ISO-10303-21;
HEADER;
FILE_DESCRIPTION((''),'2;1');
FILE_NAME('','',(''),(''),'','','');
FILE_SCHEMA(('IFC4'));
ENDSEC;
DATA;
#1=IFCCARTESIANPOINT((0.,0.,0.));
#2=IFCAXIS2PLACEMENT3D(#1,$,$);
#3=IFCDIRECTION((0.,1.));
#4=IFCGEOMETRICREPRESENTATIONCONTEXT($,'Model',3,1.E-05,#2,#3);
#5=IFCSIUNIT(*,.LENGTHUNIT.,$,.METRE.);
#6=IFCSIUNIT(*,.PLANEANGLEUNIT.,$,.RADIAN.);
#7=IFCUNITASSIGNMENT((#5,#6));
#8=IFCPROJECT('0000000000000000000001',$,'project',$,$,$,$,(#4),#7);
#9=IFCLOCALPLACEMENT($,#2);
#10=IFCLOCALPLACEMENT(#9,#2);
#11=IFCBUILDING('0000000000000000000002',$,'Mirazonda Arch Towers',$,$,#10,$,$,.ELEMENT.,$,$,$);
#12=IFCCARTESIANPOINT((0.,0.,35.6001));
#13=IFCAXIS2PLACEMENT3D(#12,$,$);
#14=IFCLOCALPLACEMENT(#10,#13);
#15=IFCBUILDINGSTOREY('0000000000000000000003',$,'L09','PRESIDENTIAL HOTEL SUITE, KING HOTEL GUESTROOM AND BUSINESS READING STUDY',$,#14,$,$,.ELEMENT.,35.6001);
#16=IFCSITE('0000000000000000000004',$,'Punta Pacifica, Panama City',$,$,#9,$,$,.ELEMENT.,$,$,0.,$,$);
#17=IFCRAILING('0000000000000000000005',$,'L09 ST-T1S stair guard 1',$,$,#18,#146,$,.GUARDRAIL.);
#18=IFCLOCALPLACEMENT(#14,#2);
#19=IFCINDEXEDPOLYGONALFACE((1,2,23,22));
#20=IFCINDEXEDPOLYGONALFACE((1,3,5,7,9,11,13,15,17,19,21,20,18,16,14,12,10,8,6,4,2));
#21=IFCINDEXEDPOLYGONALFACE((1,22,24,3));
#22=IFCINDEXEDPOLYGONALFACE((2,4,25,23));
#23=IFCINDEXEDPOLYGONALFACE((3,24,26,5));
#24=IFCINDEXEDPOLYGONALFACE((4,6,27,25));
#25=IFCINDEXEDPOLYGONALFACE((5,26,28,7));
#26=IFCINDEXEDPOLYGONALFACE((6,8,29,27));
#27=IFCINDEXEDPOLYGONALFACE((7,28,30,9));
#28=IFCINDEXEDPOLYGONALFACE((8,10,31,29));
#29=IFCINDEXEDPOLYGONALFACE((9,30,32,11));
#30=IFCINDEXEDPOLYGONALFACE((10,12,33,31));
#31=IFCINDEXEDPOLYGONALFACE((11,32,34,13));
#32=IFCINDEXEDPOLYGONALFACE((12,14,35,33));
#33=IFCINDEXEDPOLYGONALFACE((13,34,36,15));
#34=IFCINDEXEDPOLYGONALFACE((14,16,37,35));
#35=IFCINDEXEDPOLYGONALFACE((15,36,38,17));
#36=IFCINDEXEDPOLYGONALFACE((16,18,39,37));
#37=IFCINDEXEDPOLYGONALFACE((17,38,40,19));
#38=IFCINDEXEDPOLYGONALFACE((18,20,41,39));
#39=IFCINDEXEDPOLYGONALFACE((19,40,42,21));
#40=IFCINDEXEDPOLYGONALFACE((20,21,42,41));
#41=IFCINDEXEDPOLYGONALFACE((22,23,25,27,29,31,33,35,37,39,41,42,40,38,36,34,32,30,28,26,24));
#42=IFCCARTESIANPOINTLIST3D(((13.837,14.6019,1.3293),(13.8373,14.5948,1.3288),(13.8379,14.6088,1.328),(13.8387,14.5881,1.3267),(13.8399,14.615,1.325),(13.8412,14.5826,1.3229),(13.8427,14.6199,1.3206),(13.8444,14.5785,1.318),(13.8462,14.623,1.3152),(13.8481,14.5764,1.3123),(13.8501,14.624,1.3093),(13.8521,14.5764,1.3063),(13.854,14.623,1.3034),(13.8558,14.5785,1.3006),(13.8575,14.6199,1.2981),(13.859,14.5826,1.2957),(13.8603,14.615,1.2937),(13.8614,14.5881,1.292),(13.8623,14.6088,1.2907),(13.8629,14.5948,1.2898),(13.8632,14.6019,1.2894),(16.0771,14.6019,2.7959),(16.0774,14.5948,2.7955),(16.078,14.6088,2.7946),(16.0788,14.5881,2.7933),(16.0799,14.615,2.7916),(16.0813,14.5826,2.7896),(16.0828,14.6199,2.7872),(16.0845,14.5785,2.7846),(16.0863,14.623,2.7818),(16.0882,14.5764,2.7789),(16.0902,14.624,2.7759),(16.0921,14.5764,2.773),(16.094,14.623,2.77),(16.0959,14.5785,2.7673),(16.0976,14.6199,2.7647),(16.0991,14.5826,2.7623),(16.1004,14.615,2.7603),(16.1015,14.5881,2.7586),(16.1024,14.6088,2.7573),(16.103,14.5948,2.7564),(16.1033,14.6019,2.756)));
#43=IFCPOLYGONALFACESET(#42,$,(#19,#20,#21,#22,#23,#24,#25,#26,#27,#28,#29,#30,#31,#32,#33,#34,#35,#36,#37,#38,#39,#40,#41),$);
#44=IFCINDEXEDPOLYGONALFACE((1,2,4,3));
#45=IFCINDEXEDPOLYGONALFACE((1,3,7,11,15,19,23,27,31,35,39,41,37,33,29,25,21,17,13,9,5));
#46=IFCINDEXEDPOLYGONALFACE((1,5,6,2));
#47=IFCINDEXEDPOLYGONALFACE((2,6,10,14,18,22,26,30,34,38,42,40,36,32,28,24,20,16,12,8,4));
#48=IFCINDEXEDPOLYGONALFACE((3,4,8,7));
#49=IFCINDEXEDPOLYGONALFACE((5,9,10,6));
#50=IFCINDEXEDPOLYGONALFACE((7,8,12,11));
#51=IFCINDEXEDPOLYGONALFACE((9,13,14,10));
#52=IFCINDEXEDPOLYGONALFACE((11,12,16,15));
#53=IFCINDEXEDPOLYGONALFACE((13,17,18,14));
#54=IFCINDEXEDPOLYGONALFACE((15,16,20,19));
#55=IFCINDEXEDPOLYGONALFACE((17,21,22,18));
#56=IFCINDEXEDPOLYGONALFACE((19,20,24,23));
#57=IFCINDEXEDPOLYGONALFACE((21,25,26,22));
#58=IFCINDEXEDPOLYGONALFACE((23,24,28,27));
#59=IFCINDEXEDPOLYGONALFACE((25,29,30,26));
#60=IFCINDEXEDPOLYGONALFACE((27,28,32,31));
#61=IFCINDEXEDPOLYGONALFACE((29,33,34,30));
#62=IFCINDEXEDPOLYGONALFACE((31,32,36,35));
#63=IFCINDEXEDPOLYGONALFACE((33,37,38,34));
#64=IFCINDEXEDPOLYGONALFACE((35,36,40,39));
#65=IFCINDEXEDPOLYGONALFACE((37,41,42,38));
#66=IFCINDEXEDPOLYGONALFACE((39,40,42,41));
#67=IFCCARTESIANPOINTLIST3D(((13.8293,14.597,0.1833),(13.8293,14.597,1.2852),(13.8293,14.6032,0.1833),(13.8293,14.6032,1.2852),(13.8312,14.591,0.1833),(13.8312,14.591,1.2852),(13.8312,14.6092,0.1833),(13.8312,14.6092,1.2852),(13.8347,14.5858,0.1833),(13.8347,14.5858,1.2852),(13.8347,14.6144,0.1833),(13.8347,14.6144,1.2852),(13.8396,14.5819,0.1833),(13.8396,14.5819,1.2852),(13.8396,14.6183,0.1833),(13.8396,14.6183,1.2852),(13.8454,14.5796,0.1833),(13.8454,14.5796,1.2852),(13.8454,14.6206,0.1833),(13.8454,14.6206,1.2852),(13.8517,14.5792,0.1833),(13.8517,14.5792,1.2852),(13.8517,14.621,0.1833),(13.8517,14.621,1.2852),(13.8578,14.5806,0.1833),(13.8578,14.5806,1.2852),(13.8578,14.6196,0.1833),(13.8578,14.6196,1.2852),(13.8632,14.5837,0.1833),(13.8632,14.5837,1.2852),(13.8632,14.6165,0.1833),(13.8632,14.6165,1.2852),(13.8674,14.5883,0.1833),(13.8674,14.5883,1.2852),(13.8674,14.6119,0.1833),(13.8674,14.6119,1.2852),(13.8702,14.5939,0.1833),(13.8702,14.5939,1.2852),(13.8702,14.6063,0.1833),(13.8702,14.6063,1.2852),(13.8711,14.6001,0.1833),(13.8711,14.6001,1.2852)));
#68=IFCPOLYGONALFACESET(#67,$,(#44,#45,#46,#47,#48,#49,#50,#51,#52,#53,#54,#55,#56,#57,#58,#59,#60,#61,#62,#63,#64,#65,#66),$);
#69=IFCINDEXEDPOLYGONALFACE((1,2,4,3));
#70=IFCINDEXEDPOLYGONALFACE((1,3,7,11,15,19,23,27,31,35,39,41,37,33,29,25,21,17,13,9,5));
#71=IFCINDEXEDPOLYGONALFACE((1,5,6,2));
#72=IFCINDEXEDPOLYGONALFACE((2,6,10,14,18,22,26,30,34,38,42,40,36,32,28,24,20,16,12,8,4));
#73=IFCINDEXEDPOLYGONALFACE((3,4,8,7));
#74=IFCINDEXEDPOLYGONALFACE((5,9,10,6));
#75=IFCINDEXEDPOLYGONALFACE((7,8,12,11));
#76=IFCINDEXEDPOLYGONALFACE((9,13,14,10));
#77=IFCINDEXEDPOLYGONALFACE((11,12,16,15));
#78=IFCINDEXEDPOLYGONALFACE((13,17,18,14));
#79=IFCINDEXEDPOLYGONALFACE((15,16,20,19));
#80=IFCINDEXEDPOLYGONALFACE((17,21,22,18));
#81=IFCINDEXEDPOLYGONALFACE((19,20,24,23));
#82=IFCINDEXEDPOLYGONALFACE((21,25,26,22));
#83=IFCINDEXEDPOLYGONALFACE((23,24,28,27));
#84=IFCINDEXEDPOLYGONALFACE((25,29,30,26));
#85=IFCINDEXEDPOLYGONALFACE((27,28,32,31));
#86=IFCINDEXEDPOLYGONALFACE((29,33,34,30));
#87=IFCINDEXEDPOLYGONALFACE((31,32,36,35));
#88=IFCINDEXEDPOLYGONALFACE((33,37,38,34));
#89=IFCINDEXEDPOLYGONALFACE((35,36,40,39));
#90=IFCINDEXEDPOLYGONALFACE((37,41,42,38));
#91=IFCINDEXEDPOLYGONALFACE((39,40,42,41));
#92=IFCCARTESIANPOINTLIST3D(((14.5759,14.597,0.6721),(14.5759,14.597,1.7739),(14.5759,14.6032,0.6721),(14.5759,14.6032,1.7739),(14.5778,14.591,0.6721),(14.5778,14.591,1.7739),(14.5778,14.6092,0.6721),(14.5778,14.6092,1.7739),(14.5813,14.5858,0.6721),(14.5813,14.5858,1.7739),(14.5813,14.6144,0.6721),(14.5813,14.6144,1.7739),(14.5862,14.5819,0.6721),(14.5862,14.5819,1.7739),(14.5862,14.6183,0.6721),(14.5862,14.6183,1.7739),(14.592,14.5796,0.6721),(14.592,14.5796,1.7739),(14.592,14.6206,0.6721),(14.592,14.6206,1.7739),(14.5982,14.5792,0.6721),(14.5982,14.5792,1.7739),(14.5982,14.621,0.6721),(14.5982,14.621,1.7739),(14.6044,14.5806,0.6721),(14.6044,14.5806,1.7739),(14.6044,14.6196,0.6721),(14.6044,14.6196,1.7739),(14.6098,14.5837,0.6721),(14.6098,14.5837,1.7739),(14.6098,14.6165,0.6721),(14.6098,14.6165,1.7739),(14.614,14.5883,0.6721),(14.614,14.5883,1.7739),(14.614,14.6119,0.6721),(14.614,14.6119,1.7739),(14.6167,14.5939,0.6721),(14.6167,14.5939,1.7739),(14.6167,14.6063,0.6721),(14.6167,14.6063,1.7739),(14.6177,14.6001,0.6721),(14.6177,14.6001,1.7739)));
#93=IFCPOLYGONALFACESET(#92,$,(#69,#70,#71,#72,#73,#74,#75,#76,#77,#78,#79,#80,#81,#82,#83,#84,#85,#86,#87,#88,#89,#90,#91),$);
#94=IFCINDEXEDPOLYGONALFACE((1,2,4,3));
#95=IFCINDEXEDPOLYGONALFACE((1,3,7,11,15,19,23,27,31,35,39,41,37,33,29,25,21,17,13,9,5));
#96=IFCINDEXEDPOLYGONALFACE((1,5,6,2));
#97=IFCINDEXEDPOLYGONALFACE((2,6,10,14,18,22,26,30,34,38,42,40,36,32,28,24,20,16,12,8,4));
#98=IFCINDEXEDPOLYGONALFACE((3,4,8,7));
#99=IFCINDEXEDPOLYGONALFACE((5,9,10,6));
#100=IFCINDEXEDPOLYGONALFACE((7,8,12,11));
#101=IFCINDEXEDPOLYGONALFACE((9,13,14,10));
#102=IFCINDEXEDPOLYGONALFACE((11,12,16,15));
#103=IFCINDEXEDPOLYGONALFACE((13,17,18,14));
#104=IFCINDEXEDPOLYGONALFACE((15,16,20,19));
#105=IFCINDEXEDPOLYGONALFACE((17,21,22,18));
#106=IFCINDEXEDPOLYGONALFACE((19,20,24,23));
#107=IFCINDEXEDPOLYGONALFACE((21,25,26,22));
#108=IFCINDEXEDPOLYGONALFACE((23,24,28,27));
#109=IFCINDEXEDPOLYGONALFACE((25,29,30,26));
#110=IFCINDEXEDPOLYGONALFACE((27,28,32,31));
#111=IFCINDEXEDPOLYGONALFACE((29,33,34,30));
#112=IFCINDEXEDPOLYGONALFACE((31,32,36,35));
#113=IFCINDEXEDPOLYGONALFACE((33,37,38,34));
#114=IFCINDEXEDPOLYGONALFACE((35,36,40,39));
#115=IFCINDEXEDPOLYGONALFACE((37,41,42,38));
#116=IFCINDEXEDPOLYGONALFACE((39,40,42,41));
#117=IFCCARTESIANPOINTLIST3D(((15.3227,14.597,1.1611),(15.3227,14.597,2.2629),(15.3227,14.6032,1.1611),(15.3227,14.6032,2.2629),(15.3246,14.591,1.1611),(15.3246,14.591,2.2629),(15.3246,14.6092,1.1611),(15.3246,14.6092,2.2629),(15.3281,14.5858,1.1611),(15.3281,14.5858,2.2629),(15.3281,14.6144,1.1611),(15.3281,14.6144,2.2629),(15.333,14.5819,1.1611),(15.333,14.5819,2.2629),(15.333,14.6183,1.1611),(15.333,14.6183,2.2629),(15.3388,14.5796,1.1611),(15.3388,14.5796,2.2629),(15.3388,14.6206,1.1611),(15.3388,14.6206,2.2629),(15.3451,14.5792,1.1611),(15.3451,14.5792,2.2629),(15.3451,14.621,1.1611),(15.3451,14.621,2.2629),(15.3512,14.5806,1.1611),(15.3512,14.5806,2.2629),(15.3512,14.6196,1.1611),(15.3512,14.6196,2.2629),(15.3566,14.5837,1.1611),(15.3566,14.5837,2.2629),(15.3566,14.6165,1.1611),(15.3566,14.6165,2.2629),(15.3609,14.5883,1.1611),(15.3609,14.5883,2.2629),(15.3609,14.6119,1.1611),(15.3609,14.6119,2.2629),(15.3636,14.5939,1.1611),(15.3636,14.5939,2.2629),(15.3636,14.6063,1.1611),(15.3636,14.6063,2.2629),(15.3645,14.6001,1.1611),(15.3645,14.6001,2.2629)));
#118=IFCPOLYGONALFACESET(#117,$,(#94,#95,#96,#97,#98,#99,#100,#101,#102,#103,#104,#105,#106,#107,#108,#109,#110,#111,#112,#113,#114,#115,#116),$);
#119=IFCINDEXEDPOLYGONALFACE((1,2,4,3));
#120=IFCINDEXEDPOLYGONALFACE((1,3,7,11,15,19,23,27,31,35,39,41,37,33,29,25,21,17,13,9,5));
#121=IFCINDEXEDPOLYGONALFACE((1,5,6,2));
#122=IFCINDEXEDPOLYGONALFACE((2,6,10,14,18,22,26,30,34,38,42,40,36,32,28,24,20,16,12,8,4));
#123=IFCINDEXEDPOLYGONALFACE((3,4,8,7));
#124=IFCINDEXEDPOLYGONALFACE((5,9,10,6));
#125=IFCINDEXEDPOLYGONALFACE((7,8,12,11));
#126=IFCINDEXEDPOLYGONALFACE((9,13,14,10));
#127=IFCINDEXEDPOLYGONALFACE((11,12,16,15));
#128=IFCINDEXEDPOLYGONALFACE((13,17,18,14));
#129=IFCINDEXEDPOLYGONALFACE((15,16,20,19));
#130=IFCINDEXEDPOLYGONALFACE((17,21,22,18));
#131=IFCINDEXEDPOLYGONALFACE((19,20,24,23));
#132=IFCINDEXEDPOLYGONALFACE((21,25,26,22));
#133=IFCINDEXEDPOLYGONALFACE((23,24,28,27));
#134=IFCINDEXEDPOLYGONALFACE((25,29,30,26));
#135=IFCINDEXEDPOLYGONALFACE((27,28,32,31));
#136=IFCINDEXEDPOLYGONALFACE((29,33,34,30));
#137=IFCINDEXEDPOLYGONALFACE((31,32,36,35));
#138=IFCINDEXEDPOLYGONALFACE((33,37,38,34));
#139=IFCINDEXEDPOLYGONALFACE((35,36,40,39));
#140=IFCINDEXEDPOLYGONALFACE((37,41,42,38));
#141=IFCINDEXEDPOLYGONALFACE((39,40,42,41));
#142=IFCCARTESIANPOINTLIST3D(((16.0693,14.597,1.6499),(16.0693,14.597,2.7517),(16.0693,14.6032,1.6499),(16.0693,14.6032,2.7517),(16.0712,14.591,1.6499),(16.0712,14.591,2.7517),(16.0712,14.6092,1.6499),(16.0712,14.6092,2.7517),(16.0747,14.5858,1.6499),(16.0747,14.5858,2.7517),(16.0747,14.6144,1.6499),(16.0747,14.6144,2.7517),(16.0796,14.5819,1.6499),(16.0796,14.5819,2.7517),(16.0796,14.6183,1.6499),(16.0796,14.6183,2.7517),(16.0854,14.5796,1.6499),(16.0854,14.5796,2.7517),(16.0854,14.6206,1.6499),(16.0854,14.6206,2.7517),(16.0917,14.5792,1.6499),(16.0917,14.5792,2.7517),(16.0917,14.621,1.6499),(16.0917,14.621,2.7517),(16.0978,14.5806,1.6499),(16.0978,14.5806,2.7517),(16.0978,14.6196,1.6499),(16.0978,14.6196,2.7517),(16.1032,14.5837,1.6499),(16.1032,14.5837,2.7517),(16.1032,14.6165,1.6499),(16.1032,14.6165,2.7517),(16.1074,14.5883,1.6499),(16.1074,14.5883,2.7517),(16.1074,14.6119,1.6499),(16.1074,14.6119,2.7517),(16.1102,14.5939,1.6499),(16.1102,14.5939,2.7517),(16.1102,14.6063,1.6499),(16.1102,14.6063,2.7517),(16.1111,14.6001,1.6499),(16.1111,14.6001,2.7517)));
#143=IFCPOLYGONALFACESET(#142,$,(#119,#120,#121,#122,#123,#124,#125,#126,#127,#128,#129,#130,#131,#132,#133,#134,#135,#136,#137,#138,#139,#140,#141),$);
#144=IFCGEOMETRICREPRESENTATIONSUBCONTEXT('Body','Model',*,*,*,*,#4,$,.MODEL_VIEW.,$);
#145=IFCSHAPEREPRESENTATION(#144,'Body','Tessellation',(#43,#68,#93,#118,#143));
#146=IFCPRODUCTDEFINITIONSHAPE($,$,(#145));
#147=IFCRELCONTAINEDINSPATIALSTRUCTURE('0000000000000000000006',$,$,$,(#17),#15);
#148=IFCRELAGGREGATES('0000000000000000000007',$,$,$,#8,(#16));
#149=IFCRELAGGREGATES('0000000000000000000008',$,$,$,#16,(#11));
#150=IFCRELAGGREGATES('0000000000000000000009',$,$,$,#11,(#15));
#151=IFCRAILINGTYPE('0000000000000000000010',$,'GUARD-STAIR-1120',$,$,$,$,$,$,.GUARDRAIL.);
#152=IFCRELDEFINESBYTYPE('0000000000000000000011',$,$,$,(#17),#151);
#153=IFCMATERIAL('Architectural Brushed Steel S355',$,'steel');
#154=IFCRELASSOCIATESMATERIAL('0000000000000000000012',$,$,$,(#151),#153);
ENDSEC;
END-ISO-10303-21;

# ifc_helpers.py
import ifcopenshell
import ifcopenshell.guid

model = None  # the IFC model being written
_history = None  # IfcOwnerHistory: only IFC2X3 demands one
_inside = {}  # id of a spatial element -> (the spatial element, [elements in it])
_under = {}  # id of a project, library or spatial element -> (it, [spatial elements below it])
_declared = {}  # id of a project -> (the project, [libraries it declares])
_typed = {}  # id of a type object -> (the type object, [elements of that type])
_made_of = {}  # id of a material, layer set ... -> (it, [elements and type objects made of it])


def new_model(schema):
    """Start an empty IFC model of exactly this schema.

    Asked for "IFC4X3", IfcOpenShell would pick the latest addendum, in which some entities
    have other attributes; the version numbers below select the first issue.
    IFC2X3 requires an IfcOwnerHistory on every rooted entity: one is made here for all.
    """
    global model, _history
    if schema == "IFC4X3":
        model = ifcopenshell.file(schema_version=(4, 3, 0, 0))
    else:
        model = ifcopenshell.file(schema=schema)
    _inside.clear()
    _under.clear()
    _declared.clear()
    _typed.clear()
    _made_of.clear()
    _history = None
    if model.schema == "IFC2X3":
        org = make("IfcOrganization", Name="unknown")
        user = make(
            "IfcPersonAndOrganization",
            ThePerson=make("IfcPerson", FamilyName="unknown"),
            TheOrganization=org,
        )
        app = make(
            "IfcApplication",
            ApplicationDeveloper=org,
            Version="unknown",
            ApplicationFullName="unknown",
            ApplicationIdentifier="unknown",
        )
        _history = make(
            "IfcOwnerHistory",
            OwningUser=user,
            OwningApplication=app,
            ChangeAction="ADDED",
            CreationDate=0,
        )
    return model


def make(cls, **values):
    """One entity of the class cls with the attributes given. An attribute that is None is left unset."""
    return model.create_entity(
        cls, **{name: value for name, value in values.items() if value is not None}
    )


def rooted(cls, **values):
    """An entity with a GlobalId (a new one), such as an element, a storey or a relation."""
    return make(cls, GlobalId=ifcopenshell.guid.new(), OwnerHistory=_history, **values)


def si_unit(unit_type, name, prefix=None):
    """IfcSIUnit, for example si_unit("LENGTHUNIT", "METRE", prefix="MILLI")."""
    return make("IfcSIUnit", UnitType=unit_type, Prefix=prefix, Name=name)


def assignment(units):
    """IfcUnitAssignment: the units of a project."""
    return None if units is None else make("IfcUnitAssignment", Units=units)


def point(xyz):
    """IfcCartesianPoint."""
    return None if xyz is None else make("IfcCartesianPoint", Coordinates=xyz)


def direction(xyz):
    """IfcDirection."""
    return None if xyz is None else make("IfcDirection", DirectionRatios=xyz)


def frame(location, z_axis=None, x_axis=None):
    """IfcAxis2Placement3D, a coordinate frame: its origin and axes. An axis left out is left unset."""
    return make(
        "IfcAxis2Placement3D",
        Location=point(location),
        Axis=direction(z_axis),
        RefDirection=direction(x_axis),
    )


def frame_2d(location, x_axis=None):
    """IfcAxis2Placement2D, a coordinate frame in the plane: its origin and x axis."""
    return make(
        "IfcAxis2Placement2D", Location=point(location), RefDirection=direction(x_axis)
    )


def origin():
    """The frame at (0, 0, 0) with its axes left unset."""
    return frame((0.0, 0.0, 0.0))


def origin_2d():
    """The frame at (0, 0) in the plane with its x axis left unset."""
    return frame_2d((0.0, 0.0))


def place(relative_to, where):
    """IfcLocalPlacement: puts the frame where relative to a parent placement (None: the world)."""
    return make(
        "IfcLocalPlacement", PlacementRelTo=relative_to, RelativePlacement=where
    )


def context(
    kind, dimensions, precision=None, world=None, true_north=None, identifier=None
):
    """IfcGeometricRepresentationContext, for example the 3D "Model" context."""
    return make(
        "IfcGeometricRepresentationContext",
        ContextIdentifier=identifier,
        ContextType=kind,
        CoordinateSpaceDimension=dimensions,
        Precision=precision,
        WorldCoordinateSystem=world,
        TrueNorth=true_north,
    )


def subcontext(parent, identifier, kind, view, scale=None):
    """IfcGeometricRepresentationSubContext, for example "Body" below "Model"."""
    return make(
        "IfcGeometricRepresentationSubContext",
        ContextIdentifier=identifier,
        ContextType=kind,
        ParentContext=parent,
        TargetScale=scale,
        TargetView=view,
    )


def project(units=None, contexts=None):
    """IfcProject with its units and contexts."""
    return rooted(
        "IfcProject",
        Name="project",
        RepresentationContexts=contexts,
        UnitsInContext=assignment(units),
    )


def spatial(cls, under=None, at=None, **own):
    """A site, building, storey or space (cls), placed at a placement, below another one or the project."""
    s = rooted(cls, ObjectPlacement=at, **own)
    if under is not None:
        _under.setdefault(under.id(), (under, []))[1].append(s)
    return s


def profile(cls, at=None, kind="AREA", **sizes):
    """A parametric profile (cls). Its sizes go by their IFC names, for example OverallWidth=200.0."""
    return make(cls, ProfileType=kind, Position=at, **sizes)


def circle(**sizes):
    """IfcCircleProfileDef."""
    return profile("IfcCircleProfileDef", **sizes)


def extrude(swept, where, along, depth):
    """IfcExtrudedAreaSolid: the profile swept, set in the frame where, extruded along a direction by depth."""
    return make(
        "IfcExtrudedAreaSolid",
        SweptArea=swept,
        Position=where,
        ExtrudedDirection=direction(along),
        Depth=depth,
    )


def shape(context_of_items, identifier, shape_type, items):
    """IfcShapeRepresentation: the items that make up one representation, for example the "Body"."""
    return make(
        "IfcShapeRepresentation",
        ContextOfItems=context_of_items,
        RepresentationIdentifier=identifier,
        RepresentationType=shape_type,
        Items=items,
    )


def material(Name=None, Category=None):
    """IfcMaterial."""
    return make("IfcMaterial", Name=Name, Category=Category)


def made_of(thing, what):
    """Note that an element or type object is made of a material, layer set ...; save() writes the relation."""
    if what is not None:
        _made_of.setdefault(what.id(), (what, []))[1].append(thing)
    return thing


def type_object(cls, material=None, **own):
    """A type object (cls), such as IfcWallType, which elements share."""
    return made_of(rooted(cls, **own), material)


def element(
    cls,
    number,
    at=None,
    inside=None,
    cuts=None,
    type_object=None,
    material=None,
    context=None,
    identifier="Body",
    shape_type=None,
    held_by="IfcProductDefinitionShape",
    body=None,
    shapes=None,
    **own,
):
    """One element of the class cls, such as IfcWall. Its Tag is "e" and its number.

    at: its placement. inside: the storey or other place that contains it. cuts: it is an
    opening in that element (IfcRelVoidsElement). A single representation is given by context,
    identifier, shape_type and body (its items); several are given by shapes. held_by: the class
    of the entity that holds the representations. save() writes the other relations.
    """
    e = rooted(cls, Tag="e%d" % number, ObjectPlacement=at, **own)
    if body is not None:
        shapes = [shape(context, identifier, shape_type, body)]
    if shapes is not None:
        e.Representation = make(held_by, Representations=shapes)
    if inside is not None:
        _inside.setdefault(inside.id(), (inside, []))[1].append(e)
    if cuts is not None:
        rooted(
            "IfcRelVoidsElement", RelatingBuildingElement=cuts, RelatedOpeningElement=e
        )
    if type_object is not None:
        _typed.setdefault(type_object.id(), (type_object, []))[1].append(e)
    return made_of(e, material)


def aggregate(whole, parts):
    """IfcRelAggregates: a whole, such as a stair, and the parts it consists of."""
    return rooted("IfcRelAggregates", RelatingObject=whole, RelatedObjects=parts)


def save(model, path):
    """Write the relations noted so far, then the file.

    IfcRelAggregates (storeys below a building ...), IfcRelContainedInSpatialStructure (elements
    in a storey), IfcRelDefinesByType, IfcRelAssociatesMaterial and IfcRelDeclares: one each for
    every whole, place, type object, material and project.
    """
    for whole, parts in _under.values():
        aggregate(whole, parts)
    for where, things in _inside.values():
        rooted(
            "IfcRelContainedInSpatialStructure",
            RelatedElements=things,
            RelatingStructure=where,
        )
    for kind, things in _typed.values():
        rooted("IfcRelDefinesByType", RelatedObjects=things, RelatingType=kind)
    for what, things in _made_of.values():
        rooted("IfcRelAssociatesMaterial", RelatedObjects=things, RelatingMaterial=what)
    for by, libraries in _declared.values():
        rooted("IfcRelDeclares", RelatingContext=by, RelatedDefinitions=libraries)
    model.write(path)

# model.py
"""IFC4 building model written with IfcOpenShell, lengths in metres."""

from ifc_helpers import new_model, si_unit, direction, frame, origin, origin_2d, place, context, subcontext, project, spatial, circle, extrude, material, type_object, element, save


model = new_model("IFC4")

# Units and contexts
model_context = context("Model", 3, precision=1e-05, world=origin(), true_north=direction((0.0, 1.0)))
body_context = subcontext(model_context, "Body", "Model", "MODEL_VIEW")
ifc_project = project(units=[si_unit("LENGTHUNIT", "METRE"), si_unit("PLANEANGLEUNIT", "RADIAN")], contexts=[model_context])

# Site, building, storey
site_placement = place(None, origin())
site = spatial("IfcSite", under=ifc_project, at=site_placement, Name="Punta Pacifica, Panama City", CompositionType="ELEMENT", RefElevation=0.0)
building_placement = place(site_placement, origin())
building = spatial("IfcBuilding", under=site, at=building_placement, Name="Mirazonda Arch Towers", CompositionType="ELEMENT")
storey_placement = place(building_placement, frame((0.0, 0.0, 35.6001)))
storey = spatial("IfcBuildingStorey", under=building, at=storey_placement, Name="L09", Description="PRESIDENTIAL HOTEL SUITE, KING HOTEL GUESTROOM AND BUSINESS READING STUDY", CompositionType="ELEMENT", Elevation=35.6001)

# Shared definitions
ifc_material_1 = material(Name="Architectural Brushed Steel S355", Category="steel")

# Railing
railing_type = type_object("IfcRailingType", Name="GUARD-STAIR-1120", PredefinedType="GUARDRAIL", material=ifc_material_1)
railing_1_placement = place(storey_placement, frame((13.8501, 14.6001, 0.1833)))
element("IfcRailing", 1, at=railing_1_placement, inside=storey, type_object=railing_type, Name="L09 ST-T1S stair guard 1", PredefinedType="GUARDRAIL", context=body_context, shape_type="SweptSolid", body=[
    extrude(circle(Radius=0.0239, at=origin_2d()), frame((0.0, 0.0, 1.126), z_axis=(0.836637, 0.0, 0.547758), x_axis=(0.0, 1.0, 0.0)), (0.0, 0.0, 1.0), 2.6775),
    extrude(circle(Radius=0.021, at=origin_2d()), origin(), (0.0, 0.0, 1.0), 1.1018),
    extrude(circle(Radius=0.021, at=origin_2d()), frame((0.7466, 0.0, 0.4888)), (0.0, 0.0, 1.0), 1.1018),
    extrude(circle(Radius=0.021, at=origin_2d()), frame((1.4934, 0.0, 0.9778)), (0.0, 0.0, 1.0), 1.1018),
    extrude(circle(Radius=0.021, at=origin_2d()), frame((2.24, 0.0, 1.4666)), (0.0, 0.0, 1.0), 1.1018),
])

save(model, "model.ifc")
